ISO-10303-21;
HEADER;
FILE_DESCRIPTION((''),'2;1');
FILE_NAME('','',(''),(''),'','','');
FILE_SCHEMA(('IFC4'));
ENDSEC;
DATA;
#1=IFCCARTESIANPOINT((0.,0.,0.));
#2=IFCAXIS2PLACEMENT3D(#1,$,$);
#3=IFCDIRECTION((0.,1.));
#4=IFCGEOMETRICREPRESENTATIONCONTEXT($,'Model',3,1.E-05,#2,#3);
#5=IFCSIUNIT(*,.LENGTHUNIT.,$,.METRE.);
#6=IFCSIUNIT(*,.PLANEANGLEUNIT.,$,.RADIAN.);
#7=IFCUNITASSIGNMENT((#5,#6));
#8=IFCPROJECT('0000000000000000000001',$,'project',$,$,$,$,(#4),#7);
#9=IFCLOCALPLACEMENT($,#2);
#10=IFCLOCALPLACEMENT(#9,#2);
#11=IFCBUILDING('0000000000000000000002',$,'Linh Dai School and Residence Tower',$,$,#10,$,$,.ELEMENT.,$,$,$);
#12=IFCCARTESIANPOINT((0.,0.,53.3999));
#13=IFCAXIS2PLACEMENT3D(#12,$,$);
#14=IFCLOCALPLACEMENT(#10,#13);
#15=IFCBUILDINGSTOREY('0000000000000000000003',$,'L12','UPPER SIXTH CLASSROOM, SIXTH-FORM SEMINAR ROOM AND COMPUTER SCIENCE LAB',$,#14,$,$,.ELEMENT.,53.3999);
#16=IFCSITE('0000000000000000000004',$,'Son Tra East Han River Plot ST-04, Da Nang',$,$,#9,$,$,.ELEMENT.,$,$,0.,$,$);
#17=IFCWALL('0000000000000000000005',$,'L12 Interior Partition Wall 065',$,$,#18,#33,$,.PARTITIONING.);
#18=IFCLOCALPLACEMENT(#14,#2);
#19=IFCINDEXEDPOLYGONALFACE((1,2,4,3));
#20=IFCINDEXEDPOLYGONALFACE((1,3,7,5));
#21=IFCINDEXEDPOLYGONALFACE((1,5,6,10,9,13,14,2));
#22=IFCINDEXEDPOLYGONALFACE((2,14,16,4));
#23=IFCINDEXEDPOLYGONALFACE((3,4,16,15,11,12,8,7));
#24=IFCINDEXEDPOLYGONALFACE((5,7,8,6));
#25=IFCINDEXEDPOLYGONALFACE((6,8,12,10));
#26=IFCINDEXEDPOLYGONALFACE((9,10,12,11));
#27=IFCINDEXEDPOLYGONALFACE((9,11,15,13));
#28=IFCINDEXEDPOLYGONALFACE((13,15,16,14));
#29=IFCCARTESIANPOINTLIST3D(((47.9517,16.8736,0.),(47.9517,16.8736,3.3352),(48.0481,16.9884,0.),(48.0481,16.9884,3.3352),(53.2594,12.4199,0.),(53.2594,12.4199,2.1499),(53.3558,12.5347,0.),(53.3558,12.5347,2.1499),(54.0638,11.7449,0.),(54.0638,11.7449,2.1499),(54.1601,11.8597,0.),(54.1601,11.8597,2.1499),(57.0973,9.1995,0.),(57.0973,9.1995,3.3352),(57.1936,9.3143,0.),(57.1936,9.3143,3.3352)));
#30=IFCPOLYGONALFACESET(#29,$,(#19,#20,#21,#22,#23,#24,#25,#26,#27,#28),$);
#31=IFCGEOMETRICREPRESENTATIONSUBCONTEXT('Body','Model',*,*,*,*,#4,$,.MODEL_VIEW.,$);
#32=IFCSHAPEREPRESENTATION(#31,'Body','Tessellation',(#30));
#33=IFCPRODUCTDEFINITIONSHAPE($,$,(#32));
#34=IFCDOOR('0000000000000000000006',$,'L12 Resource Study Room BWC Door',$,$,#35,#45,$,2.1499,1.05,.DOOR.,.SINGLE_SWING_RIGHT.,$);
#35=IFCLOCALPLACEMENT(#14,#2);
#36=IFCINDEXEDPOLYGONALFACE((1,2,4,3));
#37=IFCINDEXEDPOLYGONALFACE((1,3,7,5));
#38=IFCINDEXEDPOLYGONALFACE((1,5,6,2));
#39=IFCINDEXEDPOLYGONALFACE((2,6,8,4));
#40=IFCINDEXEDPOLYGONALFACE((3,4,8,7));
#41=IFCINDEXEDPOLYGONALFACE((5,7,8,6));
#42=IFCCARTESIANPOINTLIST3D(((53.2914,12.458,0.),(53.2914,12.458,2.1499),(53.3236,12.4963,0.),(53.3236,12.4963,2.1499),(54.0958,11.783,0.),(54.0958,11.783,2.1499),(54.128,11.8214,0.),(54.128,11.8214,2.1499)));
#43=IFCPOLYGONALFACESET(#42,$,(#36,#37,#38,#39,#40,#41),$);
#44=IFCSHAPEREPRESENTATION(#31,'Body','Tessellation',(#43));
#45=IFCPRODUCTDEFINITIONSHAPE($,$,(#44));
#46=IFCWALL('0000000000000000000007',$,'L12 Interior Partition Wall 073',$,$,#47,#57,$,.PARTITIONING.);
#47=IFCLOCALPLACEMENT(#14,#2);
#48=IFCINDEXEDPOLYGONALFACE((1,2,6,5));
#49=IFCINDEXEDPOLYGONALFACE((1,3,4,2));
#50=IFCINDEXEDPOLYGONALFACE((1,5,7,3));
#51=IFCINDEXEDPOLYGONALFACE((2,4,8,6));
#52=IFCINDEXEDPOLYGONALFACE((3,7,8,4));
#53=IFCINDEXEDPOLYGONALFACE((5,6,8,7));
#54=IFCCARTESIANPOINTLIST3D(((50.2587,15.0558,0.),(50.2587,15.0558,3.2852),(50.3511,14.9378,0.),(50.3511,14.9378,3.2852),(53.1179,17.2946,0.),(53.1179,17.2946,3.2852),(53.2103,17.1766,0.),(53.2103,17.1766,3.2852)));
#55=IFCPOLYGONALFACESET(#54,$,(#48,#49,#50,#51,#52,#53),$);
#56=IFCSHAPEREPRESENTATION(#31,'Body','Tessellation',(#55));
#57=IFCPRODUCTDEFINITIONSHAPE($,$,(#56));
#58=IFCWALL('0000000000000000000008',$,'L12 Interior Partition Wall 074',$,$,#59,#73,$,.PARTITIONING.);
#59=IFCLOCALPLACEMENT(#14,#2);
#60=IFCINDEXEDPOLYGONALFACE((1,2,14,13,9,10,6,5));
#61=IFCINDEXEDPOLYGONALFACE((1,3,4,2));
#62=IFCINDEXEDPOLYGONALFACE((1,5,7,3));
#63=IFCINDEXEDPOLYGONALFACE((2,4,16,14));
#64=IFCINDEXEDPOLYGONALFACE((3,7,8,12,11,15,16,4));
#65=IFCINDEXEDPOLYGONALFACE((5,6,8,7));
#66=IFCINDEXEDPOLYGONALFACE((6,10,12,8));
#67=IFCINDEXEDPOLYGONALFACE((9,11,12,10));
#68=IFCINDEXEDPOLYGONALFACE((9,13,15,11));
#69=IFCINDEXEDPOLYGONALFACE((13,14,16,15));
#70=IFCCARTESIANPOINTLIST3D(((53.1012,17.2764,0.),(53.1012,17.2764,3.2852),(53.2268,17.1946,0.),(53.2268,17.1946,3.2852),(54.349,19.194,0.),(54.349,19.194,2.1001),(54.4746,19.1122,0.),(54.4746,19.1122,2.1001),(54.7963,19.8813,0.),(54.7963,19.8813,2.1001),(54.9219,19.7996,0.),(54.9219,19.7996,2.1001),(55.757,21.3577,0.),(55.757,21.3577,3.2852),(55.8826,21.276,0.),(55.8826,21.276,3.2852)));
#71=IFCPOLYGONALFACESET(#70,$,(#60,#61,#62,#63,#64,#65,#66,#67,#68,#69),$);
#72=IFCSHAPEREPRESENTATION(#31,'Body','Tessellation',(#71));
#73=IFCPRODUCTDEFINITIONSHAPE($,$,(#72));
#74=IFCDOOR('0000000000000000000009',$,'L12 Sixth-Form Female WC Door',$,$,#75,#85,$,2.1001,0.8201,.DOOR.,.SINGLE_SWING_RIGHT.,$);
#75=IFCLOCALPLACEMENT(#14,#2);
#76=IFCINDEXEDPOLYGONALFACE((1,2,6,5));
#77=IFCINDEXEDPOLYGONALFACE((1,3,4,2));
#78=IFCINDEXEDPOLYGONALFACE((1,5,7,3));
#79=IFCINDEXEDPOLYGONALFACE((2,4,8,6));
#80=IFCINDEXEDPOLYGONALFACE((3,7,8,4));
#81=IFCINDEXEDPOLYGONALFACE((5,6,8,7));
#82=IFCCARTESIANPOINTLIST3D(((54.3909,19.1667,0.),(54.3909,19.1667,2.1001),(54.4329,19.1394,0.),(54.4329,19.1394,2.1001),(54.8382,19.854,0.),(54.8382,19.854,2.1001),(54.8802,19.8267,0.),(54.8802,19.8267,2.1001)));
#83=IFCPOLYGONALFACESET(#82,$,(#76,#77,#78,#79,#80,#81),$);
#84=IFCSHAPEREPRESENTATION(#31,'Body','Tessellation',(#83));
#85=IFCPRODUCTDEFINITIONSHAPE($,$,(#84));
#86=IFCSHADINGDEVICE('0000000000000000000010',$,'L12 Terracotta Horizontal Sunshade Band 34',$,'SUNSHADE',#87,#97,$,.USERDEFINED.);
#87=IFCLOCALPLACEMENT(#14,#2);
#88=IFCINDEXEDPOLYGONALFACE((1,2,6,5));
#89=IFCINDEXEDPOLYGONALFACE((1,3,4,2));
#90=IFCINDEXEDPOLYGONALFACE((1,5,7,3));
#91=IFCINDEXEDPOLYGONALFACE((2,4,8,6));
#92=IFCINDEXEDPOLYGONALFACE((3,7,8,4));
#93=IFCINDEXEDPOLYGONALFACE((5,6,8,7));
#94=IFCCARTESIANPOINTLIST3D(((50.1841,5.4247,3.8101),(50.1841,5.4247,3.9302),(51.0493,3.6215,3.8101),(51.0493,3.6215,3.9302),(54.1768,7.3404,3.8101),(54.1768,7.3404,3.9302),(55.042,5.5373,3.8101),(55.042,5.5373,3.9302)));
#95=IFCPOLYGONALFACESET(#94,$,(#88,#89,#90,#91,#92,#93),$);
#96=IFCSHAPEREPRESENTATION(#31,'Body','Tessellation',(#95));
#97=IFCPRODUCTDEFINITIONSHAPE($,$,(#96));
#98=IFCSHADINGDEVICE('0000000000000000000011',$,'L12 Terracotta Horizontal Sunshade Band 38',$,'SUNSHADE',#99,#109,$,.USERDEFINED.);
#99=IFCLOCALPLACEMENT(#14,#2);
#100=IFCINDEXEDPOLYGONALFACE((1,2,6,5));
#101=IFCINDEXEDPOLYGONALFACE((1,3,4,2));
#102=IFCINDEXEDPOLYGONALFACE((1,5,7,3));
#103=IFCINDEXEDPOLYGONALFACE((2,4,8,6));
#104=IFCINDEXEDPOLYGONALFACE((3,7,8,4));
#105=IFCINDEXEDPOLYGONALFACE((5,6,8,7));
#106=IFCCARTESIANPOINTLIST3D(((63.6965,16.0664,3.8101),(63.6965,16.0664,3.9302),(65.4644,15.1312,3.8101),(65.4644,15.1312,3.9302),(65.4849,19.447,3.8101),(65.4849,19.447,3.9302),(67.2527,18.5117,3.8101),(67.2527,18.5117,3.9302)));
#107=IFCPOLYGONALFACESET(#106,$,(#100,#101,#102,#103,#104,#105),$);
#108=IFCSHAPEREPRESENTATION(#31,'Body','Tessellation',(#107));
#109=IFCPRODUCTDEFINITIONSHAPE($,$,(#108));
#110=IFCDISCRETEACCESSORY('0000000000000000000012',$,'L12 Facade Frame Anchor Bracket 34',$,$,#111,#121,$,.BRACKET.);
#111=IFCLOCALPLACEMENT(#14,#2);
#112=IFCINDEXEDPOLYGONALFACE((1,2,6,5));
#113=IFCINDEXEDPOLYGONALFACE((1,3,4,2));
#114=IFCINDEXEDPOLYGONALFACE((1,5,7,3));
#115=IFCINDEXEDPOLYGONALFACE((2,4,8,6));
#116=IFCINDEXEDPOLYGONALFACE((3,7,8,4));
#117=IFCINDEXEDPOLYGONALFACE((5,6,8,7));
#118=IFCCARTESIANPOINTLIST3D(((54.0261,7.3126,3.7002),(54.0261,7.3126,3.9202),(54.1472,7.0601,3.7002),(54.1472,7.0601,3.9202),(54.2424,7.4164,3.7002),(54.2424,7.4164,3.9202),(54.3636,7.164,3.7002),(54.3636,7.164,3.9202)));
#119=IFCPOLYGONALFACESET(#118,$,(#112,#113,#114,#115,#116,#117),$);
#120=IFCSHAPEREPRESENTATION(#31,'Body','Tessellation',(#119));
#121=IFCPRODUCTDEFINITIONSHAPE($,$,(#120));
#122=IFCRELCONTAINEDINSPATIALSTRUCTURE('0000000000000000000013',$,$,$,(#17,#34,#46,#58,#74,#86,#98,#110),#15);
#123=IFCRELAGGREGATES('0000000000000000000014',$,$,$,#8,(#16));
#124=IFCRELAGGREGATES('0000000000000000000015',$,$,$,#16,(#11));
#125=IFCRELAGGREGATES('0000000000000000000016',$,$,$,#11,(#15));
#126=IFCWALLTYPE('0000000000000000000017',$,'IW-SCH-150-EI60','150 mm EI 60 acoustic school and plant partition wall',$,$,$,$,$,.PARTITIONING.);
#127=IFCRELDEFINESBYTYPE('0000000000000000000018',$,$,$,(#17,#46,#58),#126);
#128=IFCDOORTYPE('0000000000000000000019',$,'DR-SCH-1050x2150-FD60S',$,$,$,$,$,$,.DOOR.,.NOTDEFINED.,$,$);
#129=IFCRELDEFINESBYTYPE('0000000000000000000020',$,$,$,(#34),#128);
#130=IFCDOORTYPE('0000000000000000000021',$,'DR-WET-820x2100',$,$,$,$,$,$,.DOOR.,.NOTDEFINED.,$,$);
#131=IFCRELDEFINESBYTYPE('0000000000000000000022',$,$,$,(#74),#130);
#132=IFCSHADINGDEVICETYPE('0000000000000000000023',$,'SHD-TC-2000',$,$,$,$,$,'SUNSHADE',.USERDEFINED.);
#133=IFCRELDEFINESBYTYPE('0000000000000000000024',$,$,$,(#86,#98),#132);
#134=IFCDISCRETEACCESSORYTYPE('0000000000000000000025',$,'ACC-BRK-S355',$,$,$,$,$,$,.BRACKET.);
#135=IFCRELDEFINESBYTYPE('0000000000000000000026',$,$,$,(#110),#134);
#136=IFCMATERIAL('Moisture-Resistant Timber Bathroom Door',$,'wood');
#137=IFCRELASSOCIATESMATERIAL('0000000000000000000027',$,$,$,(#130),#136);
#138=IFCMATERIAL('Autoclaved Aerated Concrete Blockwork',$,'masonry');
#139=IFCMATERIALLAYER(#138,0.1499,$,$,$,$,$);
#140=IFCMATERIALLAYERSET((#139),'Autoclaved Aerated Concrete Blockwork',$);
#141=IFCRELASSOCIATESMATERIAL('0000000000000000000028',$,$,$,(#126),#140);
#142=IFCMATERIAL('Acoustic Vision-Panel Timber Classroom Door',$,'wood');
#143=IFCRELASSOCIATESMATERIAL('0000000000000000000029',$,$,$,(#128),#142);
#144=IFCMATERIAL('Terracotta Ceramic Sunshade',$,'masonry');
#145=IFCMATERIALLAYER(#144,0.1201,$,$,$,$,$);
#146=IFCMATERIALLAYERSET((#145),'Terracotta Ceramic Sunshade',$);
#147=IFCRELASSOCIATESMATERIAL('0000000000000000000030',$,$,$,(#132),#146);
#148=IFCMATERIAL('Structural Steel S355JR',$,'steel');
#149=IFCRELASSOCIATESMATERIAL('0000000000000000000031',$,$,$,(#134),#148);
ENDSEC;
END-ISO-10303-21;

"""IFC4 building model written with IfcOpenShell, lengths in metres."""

from ifc_helpers import new_model, si_unit, direction, frame, frame_2d, origin, origin_2d, place, context, subcontext, project, spatial, rectangle, extrude, source, transform, mapped, material, layer, layer_set, type_object, element, fill, save


model = new_model("IFC4")

# Units and contexts
model_context = context("Model", 3, precision=1e-05, world=origin(), true_north=direction((0.0, 1.0)))
body_context = subcontext(model_context, "Body", "Model", "MODEL_VIEW")
ifc_project = project(units=[si_unit("LENGTHUNIT", "METRE"), si_unit("PLANEANGLEUNIT", "RADIAN")], contexts=[model_context])

# Site, building, storey
site_placement = place(None, origin())
site = spatial("IfcSite", under=ifc_project, at=site_placement, Name="Son Tra East Han River Plot ST-04, Da Nang", CompositionType="ELEMENT", RefElevation=0.0)
building_placement = place(site_placement, origin())
building = spatial("IfcBuilding", under=site, at=building_placement, Name="Linh Dai School and Residence Tower", CompositionType="ELEMENT")
storey_placement = place(building_placement, frame((0.0, 0.0, 53.3999)))
storey = spatial("IfcBuildingStorey", under=building, at=storey_placement, Name="L12", Description="UPPER SIXTH CLASSROOM, SIXTH-FORM SEMINAR ROOM AND COMPUTER SCIENCE LAB", CompositionType="ELEMENT", Elevation=53.3999)

# Shared definitions
ifc_material_1 = material(Name="Structural Steel S355JR", Category="steel")

# Wall, opening, door
ifc_material_2 = material(Name="Autoclaved Aerated Concrete Blockwork", Category="masonry")
ifc_material_3 = material(Name="Moisture-Resistant Timber Bathroom Door", Category="wood")
door_type_1 = type_object("IfcDoorType", Name="DR-WET-820x2100", OperationType="NOTDEFINED", PredefinedType="DOOR", material=ifc_material_3)
shared_shape_1 = source(origin(), body_context, "Body", "SweptSolid", [
    extrude(rectangle(XDim=0.8201, YDim=2.1001, at=origin_2d()), frame((0.4102, 0.0249, 1.05), z_axis=(0.0, -1.0, 0.0), x_axis=(1.0, 0.0, 0.0)), (0.0, 0.0, 1.0), 0.05),
])
ifc_layer_1 = layer(ifc_material_2, 0.1499)
ifc_layer_set_1 = layer_set([ifc_layer_1], Name="Autoclaved Aerated Concrete Blockwork")
wall_type_1 = type_object("IfcWallType", Name="IW-SCH-150-EI60", Description="150 mm EI 60 acoustic school and plant partition wall", PredefinedType="PARTITIONING", material=ifc_layer_set_1)
wall_1_placement = place(storey_placement, frame((48.0, 16.9309, 0.0), z_axis=(0.0, 0.0, 1.0), x_axis=(0.766041, -0.642792, 0.0)))
wall_1 = element("IfcWall", 1, at=wall_1_placement, inside=storey, type_object=wall_type_1, Name="L12 Interior Partition Wall 065", PredefinedType="PARTITIONING", context=body_context, shape_type="SweptSolid", body=[
    extrude(rectangle(XDim=11.9387, YDim=0.1499, at=frame_2d((5.9692, 0.0))), origin(), (0.0, 0.0, 1.0), 3.3352),
])
opening_1_placement = place(wall_1_placement, frame((6.9287, 0.0, 0.0)))
opening_1 = element("IfcOpeningElement", 2, at=opening_1_placement, cuts=wall_1, PredefinedType="OPENING", context=body_context, shape_type="SweptSolid", body=[
    extrude(rectangle(XDim=1.05, YDim=2.1499, at=origin_2d()), frame((0.5249, 0.085, 1.075), z_axis=(0.0, -1.0, 0.0), x_axis=(1.0, 0.0, 0.0)), (0.0, 0.0, 1.0), 0.1699),
])
ifc_material_4 = material(Name="Acoustic Vision-Panel Timber Classroom Door", Category="wood")
door_type_2 = type_object("IfcDoorType", Name="DR-SCH-1050x2150-FD60S", OperationType="NOTDEFINED", PredefinedType="DOOR", material=ifc_material_4)
shared_shape_2 = source(origin(), body_context, "Body", "SweptSolid", [
    extrude(rectangle(XDim=1.05, YDim=2.1499, at=origin_2d()), frame((0.5249, 0.0249, 1.075), z_axis=(0.0, -1.0, 0.0), x_axis=(1.0, 0.0, 0.0)), (0.0, 0.0, 1.0), 0.05),
])
door_1_placement = place(opening_1_placement, origin())
door_1 = element("IfcDoor", 3, at=door_1_placement, inside=storey, type_object=door_type_2, Name="L12 Resource Study Room BWC Door", OperationType="SINGLE_SWING_RIGHT", OverallHeight=2.1499, OverallWidth=1.05, PredefinedType="DOOR", context=body_context, shape_type="MappedRepresentation", body=[
    mapped(shared_shape_2, transform((0.0, 0.0, 0.0), x_axis=(1.0, 0.0, 0.0), y_axis=(0.0, 1.0, 0.0), z_axis=(0.0, 0.0, 1.0), scale=1.0)),
])
fill(opening_1, door_1)

# Wall
wall_2_placement = place(storey_placement, frame((50.3049, 14.9968, 0.0), z_axis=(0.0, 0.0, 1.0), x_axis=(0.787346, 0.616511, 0.0)))
element("IfcWall", 4, at=wall_2_placement, inside=storey, type_object=wall_type_1, Name="L12 Interior Partition Wall 073", PredefinedType="PARTITIONING", context=body_context, shape_type="SweptSolid", body=[
    extrude(rectangle(XDim=3.6313, YDim=0.1499, at=frame_2d((1.8157, 0.0))), origin(), (0.0, 0.0, 1.0), 3.2852),
])

# Wall, opening, door
wall_3_placement = place(storey_placement, frame((53.1641, 17.2356, 0.0), z_axis=(0.0, 0.0, 1.0), x_axis=(0.545409, 0.83817, 0.0)))
wall_3 = element("IfcWall", 5, at=wall_3_placement, inside=storey, type_object=wall_type_1, Name="L12 Interior Partition Wall 074", PredefinedType="PARTITIONING", context=body_context, shape_type="SweptSolid", body=[
    extrude(rectangle(XDim=4.8694, YDim=0.1499, at=frame_2d((2.4346, 0.0))), origin(), (0.0, 0.0, 1.0), 3.2852),
])
opening_2_placement = place(wall_3_placement, frame((2.2876, 0.0, 0.0)))
opening_2 = element("IfcOpeningElement", 6, at=opening_2_placement, cuts=wall_3, PredefinedType="OPENING", context=body_context, shape_type="SweptSolid", body=[
    extrude(rectangle(XDim=0.8201, YDim=2.1001, at=origin_2d()), frame((0.4102, 0.085, 1.05), z_axis=(0.0, -1.0, 0.0), x_axis=(1.0, 0.0, 0.0)), (0.0, 0.0, 1.0), 0.1699),
])
door_2_placement = place(opening_2_placement, origin())
door_2 = element("IfcDoor", 7, at=door_2_placement, inside=storey, type_object=door_type_1, Name="L12 Sixth-Form Female WC Door", OperationType="SINGLE_SWING_RIGHT", OverallHeight=2.1001, OverallWidth=0.8201, PredefinedType="DOOR", context=body_context, shape_type="MappedRepresentation", body=[
    mapped(shared_shape_1, transform((0.0, 0.0, 0.0), x_axis=(1.0, 0.0, 0.0), y_axis=(0.0, 1.0, 0.0), z_axis=(0.0, 0.0, 1.0), scale=1.0)),
])
fill(opening_2, door_2)

# Shading devices
ifc_material_5 = material(Name="Terracotta Ceramic Sunshade", Category="masonry")
ifc_layer_2 = layer(ifc_material_5, 0.1201)
ifc_layer_set_2 = layer_set([ifc_layer_2], Name="Terracotta Ceramic Sunshade")
shading_device_type = type_object("IfcShadingDeviceType", Name="SHD-TC-2000", ElementType="SUNSHADE", PredefinedType="USERDEFINED", material=ifc_layer_set_2)
shared_shape_3 = source(origin(), body_context, "Body", "SweptSolid", [
    extrude(rectangle(XDim=4.4285, YDim=2.0, at=origin_2d()), origin(), (0.0, 0.0, 1.0), 0.1201),
])
shading_device_1_placement = place(storey_placement, frame((52.613, 5.481, 3.8101), z_axis=(0.0, 0.0, 1.0), x_axis=(-0.901585, -0.432603, 0.0)))
element("IfcShadingDevice", 8, at=shading_device_1_placement, inside=storey, type_object=shading_device_type, Name="L12 Terracotta Horizontal Sunshade Band 34", ObjectType="SUNSHADE", PredefinedType="USERDEFINED", context=body_context, shape_type="MappedRepresentation", body=[
    mapped(shared_shape_3, transform((0.0, 0.0, 0.0), x_axis=(1.0, 0.0, 0.0), y_axis=(0.0, 1.0, 0.0), z_axis=(0.0, 0.0, 1.0), scale=1.0)),
])
shared_shape_4 = source(origin(), body_context, "Body", "SweptSolid", [
    extrude(rectangle(XDim=3.8245, YDim=2.0, at=origin_2d()), origin(), (0.0, 0.0, 1.0), 0.1201),
])
shading_device_2_placement = place(storey_placement, frame((65.4746, 17.2891, 3.8101), z_axis=(0.0, 0.0, 1.0), x_axis=(-0.467612, -0.883934, 0.0)))
element("IfcShadingDevice", 9, at=shading_device_2_placement, inside=storey, type_object=shading_device_type, Name="L12 Terracotta Horizontal Sunshade Band 38", ObjectType="SUNSHADE", PredefinedType="USERDEFINED", context=body_context, shape_type="MappedRepresentation", body=[
    mapped(shared_shape_4, transform((0.0, 0.0, 0.0), x_axis=(1.0, 0.0, 0.0), y_axis=(0.0, 1.0, 0.0), z_axis=(0.0, 0.0, 1.0), scale=1.0)),
])

# Discrete accessory
discrete_accessory_type = type_object("IfcDiscreteAccessoryType", Name="ACC-BRK-S355", PredefinedType="BRACKET", material=ifc_material_1)
shared_shape_5 = source(origin(), body_context, "Body", "SweptSolid", [
    extrude(rectangle(XDim=0.28, YDim=0.24, at=origin_2d()), origin(), (0.0, 0.0, 1.0), 0.22),
])
discrete_accessory_placement = place(storey_placement, frame((54.1948, 7.2383, 3.7002), z_axis=(0.0, 0.0, 1.0), x_axis=(0.432603, -0.901585, 0.0)))
element("IfcDiscreteAccessory", 10, at=discrete_accessory_placement, inside=storey, type_object=discrete_accessory_type, Name="L12 Facade Frame Anchor Bracket 34", PredefinedType="BRACKET", context=body_context, shape_type="MappedRepresentation", body=[
    mapped(shared_shape_5, transform((0.0, 0.0, 0.0), x_axis=(1.0, 0.0, 0.0), y_axis=(0.0, 1.0, 0.0), z_axis=(0.0, 0.0, 1.0), scale=1.0)),
])

save(model, "model.ifc")
